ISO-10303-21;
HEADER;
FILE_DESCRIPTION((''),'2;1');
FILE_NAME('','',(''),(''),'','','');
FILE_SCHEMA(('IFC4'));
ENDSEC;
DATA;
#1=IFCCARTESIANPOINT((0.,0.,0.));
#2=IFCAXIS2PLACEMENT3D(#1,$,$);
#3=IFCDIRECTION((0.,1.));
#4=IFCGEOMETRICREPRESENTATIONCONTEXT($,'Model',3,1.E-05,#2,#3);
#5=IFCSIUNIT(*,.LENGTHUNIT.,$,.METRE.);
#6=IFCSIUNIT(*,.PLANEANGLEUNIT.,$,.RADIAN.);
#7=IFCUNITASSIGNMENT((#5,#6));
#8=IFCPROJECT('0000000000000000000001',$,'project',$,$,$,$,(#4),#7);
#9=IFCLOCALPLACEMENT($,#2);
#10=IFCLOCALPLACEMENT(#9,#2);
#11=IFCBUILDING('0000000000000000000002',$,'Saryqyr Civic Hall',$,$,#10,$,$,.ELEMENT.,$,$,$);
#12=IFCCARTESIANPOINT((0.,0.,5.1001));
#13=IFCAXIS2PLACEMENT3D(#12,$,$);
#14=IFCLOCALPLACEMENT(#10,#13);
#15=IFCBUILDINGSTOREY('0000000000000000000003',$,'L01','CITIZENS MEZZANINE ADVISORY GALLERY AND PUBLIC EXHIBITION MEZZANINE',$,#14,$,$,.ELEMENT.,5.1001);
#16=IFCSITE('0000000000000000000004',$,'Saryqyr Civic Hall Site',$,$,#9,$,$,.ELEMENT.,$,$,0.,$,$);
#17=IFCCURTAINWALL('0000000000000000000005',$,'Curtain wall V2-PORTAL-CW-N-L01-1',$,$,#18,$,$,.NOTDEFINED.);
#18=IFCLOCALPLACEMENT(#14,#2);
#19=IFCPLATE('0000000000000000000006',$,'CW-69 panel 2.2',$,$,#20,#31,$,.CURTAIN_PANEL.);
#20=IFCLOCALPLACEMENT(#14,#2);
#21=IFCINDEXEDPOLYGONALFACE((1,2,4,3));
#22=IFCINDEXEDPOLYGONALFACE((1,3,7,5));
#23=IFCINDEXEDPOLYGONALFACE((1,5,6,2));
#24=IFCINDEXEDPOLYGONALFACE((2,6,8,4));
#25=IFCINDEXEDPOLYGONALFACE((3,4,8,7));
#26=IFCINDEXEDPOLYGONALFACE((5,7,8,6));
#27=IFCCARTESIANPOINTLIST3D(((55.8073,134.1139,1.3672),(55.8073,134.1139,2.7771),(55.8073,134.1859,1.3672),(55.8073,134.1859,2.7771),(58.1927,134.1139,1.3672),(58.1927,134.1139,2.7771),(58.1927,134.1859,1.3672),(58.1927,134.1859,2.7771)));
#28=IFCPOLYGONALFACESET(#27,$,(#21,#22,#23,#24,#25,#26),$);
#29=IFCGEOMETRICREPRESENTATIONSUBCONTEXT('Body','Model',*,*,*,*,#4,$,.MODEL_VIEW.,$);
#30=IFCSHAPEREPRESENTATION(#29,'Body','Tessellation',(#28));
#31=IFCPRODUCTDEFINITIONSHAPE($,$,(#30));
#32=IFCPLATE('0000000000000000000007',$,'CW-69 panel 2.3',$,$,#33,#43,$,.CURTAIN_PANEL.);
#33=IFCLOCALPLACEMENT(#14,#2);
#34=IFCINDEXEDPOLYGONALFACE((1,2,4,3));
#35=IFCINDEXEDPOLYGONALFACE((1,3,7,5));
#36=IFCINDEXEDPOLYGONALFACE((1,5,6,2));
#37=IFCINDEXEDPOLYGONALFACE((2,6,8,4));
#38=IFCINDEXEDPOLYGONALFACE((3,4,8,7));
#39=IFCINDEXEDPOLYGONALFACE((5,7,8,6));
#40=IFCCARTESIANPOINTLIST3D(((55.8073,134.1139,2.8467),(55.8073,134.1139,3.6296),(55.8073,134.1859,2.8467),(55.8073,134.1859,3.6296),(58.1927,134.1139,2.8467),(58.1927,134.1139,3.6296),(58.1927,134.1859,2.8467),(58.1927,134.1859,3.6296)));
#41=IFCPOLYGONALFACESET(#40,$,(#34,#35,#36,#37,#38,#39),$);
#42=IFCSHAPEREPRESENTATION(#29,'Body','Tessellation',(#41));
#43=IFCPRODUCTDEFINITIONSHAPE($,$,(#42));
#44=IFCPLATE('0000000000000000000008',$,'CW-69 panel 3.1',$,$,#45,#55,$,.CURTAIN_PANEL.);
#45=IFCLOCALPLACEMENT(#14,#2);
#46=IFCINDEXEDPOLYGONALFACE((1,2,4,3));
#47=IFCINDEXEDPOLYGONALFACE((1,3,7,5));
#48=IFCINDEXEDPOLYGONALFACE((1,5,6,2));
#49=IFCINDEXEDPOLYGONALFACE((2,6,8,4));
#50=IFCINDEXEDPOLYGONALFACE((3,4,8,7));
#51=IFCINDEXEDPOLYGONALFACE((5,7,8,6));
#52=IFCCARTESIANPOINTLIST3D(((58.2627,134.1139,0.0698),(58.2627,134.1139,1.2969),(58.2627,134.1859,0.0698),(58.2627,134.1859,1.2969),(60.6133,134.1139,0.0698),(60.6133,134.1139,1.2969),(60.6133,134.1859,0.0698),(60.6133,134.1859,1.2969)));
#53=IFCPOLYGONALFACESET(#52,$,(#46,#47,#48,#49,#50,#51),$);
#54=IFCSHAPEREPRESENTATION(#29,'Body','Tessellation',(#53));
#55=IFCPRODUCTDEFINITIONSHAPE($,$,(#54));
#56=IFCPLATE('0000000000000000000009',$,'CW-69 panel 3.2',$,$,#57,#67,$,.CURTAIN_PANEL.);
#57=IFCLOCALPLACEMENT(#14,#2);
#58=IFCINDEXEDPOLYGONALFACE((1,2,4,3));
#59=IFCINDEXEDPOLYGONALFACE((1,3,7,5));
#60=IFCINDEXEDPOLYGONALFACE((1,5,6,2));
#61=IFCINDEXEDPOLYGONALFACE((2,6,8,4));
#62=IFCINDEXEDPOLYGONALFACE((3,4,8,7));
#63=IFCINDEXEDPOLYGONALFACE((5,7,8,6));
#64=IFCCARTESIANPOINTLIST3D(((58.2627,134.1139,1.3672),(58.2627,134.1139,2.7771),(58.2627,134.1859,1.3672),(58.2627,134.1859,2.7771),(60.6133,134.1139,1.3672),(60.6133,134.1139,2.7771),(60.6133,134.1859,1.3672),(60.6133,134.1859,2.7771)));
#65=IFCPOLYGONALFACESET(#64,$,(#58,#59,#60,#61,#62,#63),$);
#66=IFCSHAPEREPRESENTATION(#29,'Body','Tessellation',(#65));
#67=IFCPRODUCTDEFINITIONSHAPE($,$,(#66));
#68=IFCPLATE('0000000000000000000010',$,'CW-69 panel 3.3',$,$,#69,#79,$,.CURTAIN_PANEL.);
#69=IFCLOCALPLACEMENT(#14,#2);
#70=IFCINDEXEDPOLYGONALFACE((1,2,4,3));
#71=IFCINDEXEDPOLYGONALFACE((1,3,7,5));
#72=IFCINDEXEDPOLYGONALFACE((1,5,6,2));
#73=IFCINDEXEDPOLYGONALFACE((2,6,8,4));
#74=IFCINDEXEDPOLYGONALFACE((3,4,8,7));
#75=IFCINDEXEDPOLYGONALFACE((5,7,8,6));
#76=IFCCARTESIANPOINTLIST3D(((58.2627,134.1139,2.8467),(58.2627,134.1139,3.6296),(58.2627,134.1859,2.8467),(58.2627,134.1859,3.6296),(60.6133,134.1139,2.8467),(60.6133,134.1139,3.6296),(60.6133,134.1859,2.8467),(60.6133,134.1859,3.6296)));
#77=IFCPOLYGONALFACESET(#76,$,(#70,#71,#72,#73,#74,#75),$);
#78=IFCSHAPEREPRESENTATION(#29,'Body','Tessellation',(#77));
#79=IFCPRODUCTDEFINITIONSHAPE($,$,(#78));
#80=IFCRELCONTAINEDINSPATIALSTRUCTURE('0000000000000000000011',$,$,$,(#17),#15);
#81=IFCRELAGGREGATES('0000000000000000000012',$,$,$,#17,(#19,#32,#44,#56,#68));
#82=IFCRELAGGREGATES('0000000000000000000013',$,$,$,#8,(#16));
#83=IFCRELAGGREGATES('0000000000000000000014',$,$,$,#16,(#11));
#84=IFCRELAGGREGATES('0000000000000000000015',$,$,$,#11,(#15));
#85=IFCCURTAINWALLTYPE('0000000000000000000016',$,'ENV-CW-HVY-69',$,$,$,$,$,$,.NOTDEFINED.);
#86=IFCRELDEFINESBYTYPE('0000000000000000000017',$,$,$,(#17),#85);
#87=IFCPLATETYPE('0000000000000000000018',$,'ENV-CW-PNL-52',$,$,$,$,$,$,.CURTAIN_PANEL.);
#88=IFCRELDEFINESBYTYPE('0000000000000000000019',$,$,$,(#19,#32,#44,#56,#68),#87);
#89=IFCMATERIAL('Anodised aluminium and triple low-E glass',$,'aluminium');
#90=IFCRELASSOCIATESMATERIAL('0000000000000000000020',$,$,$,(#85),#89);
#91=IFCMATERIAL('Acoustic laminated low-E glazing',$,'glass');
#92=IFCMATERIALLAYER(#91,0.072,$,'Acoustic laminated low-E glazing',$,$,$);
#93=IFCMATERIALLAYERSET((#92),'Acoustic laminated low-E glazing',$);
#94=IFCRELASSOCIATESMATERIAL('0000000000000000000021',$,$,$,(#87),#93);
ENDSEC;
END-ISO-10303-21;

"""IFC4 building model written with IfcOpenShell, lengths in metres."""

from ifc_helpers import new_model, si_unit, direction, frame, origin, origin_2d, place, context, subcontext, project, spatial, rectangle, extrude, material, layer, layer_set, type_object, element, aggregate, save


model = new_model("IFC4")

# Units and contexts
model_context = context("Model", 3, precision=1e-05, world=origin(), true_north=direction((0.0, 1.0)))
body_context = subcontext(model_context, "Body", "Model", "MODEL_VIEW")
ifc_project = project(units=[si_unit("LENGTHUNIT", "METRE"), si_unit("PLANEANGLEUNIT", "RADIAN")], contexts=[model_context])

# Site, building, storey
site_placement = place(None, origin())
site = spatial("IfcSite", under=ifc_project, at=site_placement, Name="Saryqyr Civic Hall Site", CompositionType="ELEMENT", RefElevation=0.0)
building_placement = place(site_placement, origin())
building = spatial("IfcBuilding", under=site, at=building_placement, Name="Saryqyr Civic Hall", CompositionType="ELEMENT")
storey_placement = place(building_placement, frame((0.0, 0.0, 5.1001)))
storey = spatial("IfcBuildingStorey", under=building, at=storey_placement, Name="L01", Description="CITIZENS MEZZANINE ADVISORY GALLERY AND PUBLIC EXHIBITION MEZZANINE", CompositionType="ELEMENT", Elevation=5.1001)

# Shared definitions
ifc_material_1 = material(Name="Anodised aluminium and triple low-E glass", Category="aluminium")
curtain_wall_type = type_object("IfcCurtainWallType", Name="ENV-CW-HVY-69", PredefinedType="NOTDEFINED", material=ifc_material_1)

# Curtain wall
curtain_wall_1_placement = place(storey_placement, origin())
curtain_wall_1 = element("IfcCurtainWall", 1, at=curtain_wall_1_placement, inside=storey, type_object=curtain_wall_type, Name="Curtain wall V2-PORTAL-CW-N-L01-1", PredefinedType="NOTDEFINED")

# Plates
ifc_material_2 = material(Name="Acoustic laminated low-E glazing", Category="glass")
ifc_layer = layer(ifc_material_2, 0.072, Name="Acoustic laminated low-E glazing")
ifc_layer_set = layer_set([ifc_layer], Name="Acoustic laminated low-E glazing")
plate_type = type_object("IfcPlateType", Name="ENV-CW-PNL-52", PredefinedType="CURTAIN_PANEL", material=ifc_layer_set)
plate_1_placement = place(storey_placement, frame((57.0, 134.1499, 1.3672), z_axis=(0.0, 0.0, 1.0), x_axis=(1.0, 0.0, 0.0)))
plate_1 = element("IfcPlate", 2, at=plate_1_placement, type_object=plate_type, Name="CW-69 panel 2.2", PredefinedType="CURTAIN_PANEL", context=body_context, shape_type="SweptSolid", body=[
    extrude(rectangle(XDim=2.3855, YDim=0.072, at=origin_2d()), origin(), (0.0, 0.0, 1.0), 1.4099),
])
plate_2_placement = place(storey_placement, frame((57.0, 134.1499, 2.8467), z_axis=(0.0, 0.0, 1.0), x_axis=(1.0, 0.0, 0.0)))
plate_2 = element("IfcPlate", 3, at=plate_2_placement, type_object=plate_type, Name="CW-69 panel 2.3", PredefinedType="CURTAIN_PANEL", context=body_context, shape_type="SweptSolid", body=[
    extrude(rectangle(XDim=2.3855, YDim=0.072, at=origin_2d()), origin(), (0.0, 0.0, 1.0), 0.783),
])
plate_3_placement = place(storey_placement, frame((59.438, 134.1499, 0.0698), z_axis=(0.0, 0.0, 1.0), x_axis=(1.0, 0.0, 0.0)))
plate_3 = element("IfcPlate", 4, at=plate_3_placement, type_object=plate_type, Name="CW-69 panel 3.1", PredefinedType="CURTAIN_PANEL", context=body_context, shape_type="SweptSolid", body=[
    extrude(rectangle(XDim=2.3506, YDim=0.072, at=origin_2d()), origin(), (0.0, 0.0, 1.0), 1.2271),
])
plate_4_placement = place(storey_placement, frame((59.438, 134.1499, 1.3672), z_axis=(0.0, 0.0, 1.0), x_axis=(1.0, 0.0, 0.0)))
plate_4 = element("IfcPlate", 5, at=plate_4_placement, type_object=plate_type, Name="CW-69 panel 3.2", PredefinedType="CURTAIN_PANEL", context=body_context, shape_type="SweptSolid", body=[
    extrude(rectangle(XDim=2.3506, YDim=0.072, at=origin_2d()), origin(), (0.0, 0.0, 1.0), 1.4099),
])
plate_5_placement = place(storey_placement, frame((59.438, 134.1499, 2.8467), z_axis=(0.0, 0.0, 1.0), x_axis=(1.0, 0.0, 0.0)))
plate_5 = element("IfcPlate", 6, at=plate_5_placement, type_object=plate_type, Name="CW-69 panel 3.3", PredefinedType="CURTAIN_PANEL", context=body_context, shape_type="SweptSolid", body=[
    extrude(rectangle(XDim=2.3506, YDim=0.072, at=origin_2d()), origin(), (0.0, 0.0, 1.0), 0.783),
])
aggregate(curtain_wall_1, [plate_1, plate_2, plate_3, plate_4, plate_5])

save(model, "model.ifc")
